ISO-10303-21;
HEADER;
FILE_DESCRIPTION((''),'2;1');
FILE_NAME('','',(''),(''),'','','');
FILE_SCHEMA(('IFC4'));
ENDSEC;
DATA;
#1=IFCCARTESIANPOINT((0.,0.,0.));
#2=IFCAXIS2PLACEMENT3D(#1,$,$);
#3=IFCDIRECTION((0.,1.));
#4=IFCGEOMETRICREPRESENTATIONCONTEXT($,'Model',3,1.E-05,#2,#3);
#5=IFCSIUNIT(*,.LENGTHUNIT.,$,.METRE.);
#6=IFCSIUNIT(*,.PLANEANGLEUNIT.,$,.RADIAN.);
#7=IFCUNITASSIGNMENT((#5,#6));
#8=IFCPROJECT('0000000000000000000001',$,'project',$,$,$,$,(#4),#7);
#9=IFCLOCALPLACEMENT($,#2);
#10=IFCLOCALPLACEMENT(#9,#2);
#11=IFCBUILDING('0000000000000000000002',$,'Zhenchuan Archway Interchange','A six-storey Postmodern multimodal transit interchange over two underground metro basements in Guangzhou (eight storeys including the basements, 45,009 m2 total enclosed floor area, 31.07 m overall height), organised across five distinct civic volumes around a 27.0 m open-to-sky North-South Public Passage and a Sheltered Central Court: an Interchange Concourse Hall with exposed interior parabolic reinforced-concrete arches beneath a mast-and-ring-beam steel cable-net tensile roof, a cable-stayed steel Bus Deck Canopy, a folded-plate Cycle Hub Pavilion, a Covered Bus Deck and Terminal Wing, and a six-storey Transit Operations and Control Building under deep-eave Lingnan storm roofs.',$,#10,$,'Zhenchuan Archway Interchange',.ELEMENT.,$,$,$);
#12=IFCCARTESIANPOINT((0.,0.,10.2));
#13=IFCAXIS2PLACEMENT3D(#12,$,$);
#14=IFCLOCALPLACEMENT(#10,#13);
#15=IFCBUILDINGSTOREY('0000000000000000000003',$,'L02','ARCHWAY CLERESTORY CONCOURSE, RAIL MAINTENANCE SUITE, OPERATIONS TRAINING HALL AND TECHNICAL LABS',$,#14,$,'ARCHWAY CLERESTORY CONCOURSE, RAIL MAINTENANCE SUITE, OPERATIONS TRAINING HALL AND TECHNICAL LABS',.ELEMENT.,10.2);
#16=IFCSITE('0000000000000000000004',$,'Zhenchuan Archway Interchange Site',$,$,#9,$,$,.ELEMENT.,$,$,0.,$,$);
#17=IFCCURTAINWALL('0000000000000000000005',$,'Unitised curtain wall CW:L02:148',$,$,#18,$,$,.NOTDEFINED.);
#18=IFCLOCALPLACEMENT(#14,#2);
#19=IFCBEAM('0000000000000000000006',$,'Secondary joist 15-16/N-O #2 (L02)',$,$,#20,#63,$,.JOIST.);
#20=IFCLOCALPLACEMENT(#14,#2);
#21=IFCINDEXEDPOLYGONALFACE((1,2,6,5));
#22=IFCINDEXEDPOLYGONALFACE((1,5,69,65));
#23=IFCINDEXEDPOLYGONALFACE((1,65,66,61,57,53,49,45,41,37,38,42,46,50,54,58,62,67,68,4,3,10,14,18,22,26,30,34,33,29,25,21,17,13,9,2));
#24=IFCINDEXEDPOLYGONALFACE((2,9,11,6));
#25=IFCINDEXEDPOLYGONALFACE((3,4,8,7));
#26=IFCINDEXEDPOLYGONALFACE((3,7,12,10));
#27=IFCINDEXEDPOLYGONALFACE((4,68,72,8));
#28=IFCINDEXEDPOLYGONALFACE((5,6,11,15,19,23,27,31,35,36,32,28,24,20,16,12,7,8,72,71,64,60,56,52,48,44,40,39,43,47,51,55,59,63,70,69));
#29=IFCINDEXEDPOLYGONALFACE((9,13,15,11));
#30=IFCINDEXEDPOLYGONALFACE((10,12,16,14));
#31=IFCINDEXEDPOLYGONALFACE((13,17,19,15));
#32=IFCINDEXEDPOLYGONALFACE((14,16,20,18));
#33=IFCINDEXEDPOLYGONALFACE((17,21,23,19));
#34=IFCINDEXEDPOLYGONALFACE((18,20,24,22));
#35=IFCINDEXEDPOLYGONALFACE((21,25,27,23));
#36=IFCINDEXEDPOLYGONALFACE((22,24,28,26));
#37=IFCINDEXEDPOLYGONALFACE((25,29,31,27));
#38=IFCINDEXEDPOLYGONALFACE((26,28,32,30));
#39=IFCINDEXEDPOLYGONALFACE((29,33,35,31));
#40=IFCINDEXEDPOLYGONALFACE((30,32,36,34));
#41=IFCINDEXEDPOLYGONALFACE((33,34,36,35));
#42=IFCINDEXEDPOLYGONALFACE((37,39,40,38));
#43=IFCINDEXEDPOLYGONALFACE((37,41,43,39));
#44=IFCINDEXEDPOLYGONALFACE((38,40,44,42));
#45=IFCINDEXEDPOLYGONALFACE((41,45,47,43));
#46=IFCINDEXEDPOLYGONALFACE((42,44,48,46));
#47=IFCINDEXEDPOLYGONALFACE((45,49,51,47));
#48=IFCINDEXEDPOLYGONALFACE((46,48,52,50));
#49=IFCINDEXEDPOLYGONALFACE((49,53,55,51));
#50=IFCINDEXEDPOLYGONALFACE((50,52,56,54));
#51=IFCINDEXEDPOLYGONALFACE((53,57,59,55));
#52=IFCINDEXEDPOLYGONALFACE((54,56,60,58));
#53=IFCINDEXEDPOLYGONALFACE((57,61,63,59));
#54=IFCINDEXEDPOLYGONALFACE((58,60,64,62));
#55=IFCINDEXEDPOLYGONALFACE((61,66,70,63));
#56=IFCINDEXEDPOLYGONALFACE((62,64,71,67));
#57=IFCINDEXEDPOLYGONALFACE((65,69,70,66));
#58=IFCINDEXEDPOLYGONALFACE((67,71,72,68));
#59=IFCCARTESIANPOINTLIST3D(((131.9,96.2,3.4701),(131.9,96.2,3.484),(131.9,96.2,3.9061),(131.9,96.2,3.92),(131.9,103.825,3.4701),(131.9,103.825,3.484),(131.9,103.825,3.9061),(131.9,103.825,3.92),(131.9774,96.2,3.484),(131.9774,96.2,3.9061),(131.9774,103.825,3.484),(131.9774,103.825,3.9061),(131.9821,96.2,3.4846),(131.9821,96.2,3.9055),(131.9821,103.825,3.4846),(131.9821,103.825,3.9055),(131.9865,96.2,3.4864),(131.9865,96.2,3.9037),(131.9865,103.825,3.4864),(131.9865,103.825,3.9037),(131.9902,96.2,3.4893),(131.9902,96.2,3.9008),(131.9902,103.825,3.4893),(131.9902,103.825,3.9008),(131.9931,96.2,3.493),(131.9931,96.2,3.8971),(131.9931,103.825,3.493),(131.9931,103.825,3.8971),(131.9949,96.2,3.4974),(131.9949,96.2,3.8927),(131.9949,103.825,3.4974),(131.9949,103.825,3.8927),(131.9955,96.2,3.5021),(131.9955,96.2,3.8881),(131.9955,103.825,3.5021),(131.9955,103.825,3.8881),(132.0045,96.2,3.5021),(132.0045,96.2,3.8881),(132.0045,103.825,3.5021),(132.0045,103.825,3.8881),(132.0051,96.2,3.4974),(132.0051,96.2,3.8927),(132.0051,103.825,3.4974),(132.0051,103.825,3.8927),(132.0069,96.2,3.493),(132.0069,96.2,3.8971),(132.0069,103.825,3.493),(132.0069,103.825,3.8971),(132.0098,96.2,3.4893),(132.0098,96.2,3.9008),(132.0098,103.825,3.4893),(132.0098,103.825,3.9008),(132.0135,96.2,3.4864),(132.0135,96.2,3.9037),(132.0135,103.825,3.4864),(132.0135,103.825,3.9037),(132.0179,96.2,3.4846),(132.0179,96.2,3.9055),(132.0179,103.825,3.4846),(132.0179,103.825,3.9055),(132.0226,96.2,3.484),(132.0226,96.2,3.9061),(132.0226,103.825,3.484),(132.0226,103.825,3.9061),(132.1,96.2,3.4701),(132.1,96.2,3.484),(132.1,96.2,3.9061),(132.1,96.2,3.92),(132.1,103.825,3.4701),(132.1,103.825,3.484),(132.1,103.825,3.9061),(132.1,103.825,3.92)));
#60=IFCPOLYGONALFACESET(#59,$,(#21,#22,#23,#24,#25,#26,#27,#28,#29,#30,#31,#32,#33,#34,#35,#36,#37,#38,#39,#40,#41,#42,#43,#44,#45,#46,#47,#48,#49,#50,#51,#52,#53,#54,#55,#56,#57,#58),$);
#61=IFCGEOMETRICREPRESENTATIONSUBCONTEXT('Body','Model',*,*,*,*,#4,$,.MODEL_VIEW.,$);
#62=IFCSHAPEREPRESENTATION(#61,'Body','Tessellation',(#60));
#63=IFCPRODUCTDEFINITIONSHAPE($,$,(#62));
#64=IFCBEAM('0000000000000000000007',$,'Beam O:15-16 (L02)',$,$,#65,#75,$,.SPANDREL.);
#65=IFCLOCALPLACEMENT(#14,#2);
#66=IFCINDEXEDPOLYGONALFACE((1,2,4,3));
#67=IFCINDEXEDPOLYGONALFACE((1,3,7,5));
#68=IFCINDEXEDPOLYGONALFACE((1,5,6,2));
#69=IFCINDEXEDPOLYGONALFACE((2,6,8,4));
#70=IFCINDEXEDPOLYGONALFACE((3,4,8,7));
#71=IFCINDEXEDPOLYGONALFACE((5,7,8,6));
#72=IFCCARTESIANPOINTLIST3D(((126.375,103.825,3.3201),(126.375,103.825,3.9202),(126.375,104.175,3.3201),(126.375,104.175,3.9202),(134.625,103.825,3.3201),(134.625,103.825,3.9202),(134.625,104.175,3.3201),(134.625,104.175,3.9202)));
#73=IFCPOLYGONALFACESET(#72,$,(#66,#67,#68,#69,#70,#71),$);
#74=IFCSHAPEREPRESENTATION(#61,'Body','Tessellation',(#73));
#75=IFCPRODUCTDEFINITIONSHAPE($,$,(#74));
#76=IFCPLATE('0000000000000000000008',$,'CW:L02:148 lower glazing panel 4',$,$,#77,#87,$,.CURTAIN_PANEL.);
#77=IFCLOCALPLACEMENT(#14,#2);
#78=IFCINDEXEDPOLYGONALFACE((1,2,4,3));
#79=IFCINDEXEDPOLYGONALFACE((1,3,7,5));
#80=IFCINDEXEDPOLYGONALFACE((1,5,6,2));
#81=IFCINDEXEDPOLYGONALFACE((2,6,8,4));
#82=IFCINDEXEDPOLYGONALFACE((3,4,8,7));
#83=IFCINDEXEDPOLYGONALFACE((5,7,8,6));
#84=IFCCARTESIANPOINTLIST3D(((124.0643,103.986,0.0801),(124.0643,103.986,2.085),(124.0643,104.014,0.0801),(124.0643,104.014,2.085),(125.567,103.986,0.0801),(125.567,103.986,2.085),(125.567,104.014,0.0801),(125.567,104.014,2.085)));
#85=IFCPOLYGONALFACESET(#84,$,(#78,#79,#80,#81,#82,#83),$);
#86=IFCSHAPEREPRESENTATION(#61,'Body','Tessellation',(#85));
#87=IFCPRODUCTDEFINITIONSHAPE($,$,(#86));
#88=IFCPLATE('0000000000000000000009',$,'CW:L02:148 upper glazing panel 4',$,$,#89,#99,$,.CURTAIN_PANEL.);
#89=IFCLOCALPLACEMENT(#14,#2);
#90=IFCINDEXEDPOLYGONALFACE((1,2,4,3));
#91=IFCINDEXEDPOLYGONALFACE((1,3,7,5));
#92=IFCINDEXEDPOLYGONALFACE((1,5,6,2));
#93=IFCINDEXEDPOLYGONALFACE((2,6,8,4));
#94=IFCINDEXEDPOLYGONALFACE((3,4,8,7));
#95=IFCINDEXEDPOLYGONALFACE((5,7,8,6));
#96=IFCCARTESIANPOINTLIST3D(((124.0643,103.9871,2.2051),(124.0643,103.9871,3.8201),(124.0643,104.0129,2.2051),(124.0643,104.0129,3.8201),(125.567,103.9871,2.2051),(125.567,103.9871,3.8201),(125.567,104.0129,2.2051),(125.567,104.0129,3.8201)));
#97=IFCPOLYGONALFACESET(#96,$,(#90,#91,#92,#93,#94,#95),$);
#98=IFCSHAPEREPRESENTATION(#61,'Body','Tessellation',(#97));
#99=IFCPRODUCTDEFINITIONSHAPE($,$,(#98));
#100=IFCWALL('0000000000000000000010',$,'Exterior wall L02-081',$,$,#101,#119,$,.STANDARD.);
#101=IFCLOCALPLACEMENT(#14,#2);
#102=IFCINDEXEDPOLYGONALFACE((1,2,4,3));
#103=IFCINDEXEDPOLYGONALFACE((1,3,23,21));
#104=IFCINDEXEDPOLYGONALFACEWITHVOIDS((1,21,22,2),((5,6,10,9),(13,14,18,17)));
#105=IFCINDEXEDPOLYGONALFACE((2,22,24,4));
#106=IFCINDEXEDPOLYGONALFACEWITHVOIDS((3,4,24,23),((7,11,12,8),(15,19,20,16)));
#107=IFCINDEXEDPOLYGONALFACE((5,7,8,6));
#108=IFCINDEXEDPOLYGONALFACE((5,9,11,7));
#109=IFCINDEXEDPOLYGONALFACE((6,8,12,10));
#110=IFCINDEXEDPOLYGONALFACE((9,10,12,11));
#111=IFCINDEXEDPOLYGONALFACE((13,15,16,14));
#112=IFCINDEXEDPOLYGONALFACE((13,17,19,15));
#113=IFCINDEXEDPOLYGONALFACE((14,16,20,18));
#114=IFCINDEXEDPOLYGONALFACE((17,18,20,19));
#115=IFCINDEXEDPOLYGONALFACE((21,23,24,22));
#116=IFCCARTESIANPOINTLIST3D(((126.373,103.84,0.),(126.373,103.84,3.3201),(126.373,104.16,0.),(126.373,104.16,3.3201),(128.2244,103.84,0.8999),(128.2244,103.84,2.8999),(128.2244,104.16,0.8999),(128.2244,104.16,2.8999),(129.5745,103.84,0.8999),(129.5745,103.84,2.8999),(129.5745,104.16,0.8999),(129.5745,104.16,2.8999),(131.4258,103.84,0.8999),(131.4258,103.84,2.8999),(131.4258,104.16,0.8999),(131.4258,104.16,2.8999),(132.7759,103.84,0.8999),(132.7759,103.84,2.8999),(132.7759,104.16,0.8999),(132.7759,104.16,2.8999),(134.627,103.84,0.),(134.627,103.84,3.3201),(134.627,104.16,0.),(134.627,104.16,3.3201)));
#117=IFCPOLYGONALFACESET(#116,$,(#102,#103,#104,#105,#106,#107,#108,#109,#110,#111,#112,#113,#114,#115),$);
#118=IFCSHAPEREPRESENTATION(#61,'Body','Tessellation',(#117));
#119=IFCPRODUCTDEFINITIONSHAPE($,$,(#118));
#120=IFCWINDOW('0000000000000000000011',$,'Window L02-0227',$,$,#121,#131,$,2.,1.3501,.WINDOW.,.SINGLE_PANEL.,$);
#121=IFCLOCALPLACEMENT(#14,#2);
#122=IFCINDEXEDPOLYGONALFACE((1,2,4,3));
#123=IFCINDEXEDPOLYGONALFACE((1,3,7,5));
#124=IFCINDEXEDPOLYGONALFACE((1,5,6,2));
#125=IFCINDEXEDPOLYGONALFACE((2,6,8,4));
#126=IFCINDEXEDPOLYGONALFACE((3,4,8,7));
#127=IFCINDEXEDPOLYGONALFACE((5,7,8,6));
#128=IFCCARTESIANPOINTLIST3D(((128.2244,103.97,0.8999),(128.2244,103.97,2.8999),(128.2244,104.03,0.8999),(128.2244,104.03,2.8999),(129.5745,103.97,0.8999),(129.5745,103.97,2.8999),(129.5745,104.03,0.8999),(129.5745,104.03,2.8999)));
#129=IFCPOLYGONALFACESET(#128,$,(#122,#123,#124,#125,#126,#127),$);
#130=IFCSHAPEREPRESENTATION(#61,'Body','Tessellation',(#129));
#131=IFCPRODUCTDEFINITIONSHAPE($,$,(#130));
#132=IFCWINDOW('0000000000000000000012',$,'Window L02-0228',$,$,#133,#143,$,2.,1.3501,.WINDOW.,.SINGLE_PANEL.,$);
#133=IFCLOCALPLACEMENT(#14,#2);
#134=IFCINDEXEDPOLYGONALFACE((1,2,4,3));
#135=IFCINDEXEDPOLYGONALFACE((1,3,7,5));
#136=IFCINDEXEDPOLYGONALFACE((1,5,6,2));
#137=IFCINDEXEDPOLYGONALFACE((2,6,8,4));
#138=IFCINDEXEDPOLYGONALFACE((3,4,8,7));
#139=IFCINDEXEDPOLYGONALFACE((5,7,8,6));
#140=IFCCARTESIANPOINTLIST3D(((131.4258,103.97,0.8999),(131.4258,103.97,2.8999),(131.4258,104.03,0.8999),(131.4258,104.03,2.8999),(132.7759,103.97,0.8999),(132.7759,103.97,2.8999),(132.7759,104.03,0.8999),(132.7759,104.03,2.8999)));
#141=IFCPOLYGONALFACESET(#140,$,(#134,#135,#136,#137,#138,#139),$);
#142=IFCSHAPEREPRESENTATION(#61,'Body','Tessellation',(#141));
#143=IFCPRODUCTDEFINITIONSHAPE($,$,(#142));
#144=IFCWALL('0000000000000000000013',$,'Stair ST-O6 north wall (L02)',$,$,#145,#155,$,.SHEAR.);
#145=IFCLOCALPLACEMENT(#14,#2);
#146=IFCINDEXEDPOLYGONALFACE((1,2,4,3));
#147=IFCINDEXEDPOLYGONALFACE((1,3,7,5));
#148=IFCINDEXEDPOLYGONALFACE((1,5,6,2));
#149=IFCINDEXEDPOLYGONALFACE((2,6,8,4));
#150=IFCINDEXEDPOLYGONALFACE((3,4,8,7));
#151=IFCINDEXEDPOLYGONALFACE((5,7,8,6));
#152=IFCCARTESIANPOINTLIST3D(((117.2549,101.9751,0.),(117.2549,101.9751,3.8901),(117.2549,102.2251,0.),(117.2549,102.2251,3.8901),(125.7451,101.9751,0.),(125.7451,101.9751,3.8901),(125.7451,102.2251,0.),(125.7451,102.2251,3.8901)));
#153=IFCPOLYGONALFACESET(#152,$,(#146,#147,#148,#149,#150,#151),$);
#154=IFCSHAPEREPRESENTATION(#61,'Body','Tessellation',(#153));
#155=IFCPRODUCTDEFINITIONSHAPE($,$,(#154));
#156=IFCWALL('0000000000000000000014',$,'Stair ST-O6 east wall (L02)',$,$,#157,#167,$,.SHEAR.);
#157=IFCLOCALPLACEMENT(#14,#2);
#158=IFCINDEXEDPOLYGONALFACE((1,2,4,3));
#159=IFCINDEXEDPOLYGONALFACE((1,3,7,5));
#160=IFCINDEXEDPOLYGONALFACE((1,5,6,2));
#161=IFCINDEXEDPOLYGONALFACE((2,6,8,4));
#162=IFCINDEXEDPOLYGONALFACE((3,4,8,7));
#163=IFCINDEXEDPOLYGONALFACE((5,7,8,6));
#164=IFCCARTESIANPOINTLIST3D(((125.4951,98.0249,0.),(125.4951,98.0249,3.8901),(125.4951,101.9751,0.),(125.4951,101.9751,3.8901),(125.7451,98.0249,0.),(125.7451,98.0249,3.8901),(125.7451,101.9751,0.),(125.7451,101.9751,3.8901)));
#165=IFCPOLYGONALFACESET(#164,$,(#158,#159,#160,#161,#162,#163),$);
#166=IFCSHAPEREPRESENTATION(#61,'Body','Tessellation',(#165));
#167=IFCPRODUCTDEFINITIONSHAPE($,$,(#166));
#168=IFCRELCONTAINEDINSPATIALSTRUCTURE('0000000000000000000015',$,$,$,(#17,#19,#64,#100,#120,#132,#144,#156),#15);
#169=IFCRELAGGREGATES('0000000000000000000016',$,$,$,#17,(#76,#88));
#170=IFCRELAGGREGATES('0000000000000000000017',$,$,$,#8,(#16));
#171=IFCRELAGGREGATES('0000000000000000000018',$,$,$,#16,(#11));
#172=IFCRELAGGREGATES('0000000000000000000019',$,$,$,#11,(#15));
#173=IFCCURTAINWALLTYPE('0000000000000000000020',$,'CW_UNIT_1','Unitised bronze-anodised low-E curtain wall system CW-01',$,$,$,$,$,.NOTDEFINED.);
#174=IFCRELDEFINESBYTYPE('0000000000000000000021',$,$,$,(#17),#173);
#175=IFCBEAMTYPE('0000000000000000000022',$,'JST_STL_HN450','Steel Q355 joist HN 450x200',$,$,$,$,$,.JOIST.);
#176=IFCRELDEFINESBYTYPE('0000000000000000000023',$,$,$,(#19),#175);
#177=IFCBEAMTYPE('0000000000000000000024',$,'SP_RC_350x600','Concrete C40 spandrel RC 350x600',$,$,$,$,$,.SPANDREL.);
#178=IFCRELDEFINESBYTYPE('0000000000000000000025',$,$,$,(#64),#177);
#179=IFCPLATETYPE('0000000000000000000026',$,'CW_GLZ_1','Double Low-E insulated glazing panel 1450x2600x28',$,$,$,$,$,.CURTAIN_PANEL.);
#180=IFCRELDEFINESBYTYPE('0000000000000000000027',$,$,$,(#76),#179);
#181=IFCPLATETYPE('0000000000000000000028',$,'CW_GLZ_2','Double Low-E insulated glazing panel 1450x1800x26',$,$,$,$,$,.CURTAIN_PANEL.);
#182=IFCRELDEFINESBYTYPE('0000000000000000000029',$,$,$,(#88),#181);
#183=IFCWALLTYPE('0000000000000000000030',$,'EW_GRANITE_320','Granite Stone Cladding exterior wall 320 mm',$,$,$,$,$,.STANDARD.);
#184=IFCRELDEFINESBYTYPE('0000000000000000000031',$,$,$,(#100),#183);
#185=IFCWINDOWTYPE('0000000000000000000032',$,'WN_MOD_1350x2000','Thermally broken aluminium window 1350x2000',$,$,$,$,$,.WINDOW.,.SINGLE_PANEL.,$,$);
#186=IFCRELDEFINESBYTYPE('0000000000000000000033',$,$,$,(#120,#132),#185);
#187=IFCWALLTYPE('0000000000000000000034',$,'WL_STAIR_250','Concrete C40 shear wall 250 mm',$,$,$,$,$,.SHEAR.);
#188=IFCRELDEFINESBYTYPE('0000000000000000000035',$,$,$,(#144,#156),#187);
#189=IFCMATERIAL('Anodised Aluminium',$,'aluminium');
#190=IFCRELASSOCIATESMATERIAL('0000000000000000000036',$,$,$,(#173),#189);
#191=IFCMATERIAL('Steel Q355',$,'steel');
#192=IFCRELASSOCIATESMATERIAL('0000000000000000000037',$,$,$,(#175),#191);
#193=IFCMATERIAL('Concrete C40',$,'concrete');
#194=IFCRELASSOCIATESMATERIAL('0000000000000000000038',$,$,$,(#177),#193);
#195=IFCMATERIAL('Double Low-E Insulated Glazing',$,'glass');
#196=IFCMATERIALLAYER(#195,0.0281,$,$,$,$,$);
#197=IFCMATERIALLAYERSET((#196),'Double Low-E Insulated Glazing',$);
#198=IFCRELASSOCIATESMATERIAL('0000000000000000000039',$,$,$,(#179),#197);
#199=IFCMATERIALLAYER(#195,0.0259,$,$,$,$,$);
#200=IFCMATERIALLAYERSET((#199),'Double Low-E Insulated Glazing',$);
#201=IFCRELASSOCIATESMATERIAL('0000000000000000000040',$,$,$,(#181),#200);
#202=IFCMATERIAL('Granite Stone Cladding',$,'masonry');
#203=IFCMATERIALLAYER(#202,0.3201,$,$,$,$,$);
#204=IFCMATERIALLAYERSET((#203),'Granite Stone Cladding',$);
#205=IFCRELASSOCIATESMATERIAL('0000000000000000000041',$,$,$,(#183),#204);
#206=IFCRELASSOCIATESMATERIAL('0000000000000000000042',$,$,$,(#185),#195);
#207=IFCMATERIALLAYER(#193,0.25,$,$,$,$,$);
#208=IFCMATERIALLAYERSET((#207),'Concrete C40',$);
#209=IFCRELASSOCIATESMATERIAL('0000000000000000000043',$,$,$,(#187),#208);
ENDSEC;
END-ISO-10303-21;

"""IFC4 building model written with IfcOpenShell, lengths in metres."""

from ifc_helpers import new_model, si_unit, direction, frame, frame_2d, origin, origin_2d, place, context, subcontext, project, spatial, rectangle, i_section, extrude, material, layer, layer_set, material_profile, profile_set, type_object, element, fill, aggregate, save


model = new_model("IFC4")

# Units and contexts
model_context = context("Model", 3, precision=1e-05, world=origin(), true_north=direction((0.0, 1.0)))
body_context = subcontext(model_context, "Body", "Model", "MODEL_VIEW")
ifc_project = project(units=[si_unit("LENGTHUNIT", "METRE"), si_unit("PLANEANGLEUNIT", "RADIAN")], contexts=[model_context])

# Site, building, storey
site_placement = place(None, origin())
site = spatial("IfcSite", under=ifc_project, at=site_placement, Name="Zhenchuan Archway Interchange Site", CompositionType="ELEMENT", RefElevation=0.0)
building_placement = place(site_placement, origin())
building = spatial("IfcBuilding", under=site, at=building_placement, Name="Zhenchuan Archway Interchange", Description="A six-storey Postmodern multimodal transit interchange over two underground metro basements in Guangzhou (eight storeys including the basements, 45,009 m2 total enclosed floor area, 31.07 m overall height), organised across five distinct civic volumes around a 27.0 m open-to-sky North-South Public Passage and a Sheltered Central Court: an Interchange Concourse Hall with exposed interior parabolic reinforced-concrete arches beneath a mast-and-ring-beam steel cable-net tensile roof, a cable-stayed steel Bus Deck Canopy, a folded-plate Cycle Hub Pavilion, a Covered Bus Deck and Terminal Wing, and a six-storey Transit Operations and Control Building under deep-eave Lingnan storm roofs.", LongName="Zhenchuan Archway Interchange", CompositionType="ELEMENT")
storey_placement = place(building_placement, frame((0.0, 0.0, 10.2)))
storey = spatial("IfcBuildingStorey", under=building, at=storey_placement, Name="L02", Description="ARCHWAY CLERESTORY CONCOURSE, RAIL MAINTENANCE SUITE, OPERATIONS TRAINING HALL AND TECHNICAL LABS", LongName="ARCHWAY CLERESTORY CONCOURSE, RAIL MAINTENANCE SUITE, OPERATIONS TRAINING HALL AND TECHNICAL LABS", CompositionType="ELEMENT", Elevation=10.2)

# Shared definitions
ifc_material_1 = material(Name="Concrete C40", Category="concrete")

# Curtain wall
ifc_material_2 = material(Name="Anodised Aluminium", Category="aluminium")
curtain_wall_type = type_object("IfcCurtainWallType", Name="CW_UNIT_1", Description="Unitised bronze-anodised low-E curtain wall system CW-01", PredefinedType="NOTDEFINED", material=ifc_material_2)
curtain_wall_placement = place(storey_placement, origin())
curtain_wall = element("IfcCurtainWall", 1, at=curtain_wall_placement, inside=storey, type_object=curtain_wall_type, Name="Unitised curtain wall CW:L02:148", PredefinedType="NOTDEFINED")

# Beams
ifc_material_3 = material(Name="Steel Q355", Category="steel")
ifc_material_profile_1 = material_profile(ifc_material_3, i_section(OverallWidth=0.2, OverallDepth=0.45, WebThickness=0.009, FlangeThickness=0.0139, FilletRadius=0.0181, at=origin_2d()), Name="HN 450x200")
ifc_profile_set_1 = profile_set([ifc_material_profile_1], Name="Steel Q355")
beam_type_1 = type_object("IfcBeamType", Name="JST_STL_HN450", Description="Steel Q355 joist HN 450x200", PredefinedType="JOIST", material=ifc_profile_set_1)
for number, where, z_axis, x_axis, name in (
    (2, (132.0, 96.2, 3.6951), (0.0, 1.0, 0.0), (-1.0, 0.0, 0.0), "Secondary joist 15-16/N-O #2 (L02)"),
):
    element("IfcBeam", number, at=place(storey_placement, frame(where, z_axis=z_axis, x_axis=x_axis)), inside=storey, type_object=beam_type_1, Name=name, PredefinedType="JOIST", context=body_context, shape_type="SweptSolid", body=[
        extrude(i_section(OverallWidth=0.2, OverallDepth=0.45, WebThickness=0.009, FlangeThickness=0.0139, FilletRadius=0.0181, at=origin_2d()), origin(), (0.0, 0.0, 1.0), 7.625),
    ])
ifc_material_profile_2 = material_profile(ifc_material_1, rectangle(XDim=0.3501, YDim=0.6001, at=origin_2d()), Name="RC 350x600")
ifc_profile_set_2 = profile_set([ifc_material_profile_2], Name="Concrete C40")
beam_type_2 = type_object("IfcBeamType", Name="SP_RC_350x600", Description="Concrete C40 spandrel RC 350x600", PredefinedType="SPANDREL", material=ifc_profile_set_2)
beam_1_placement = place(storey_placement, frame((126.375, 104.0, 3.6201), z_axis=(1.0, 0.0, 0.0), x_axis=(0.0, 1.0, 0.0)))
element("IfcBeam", 3, at=beam_1_placement, inside=storey, type_object=beam_type_2, Name="Beam O:15-16 (L02)", PredefinedType="SPANDREL", context=body_context, shape_type="SweptSolid", body=[
    extrude(rectangle(XDim=0.3501, YDim=0.6001, at=origin_2d()), origin(), (0.0, 0.0, 1.0), 8.25),
])

# Plates
ifc_material_4 = material(Name="Double Low-E Insulated Glazing", Category="glass")
ifc_layer_1 = layer(ifc_material_4, 0.0281)
ifc_layer_set_1 = layer_set([ifc_layer_1], Name="Double Low-E Insulated Glazing")
plate_type_1 = type_object("IfcPlateType", Name="CW_GLZ_1", Description="Double Low-E insulated glazing panel 1450x2600x28", PredefinedType="CURTAIN_PANEL", material=ifc_layer_set_1)
plate_1_placement = place(storey_placement, frame((124.8157, 104.0, 0.0801), z_axis=(0.0, 0.0, 1.0), x_axis=(1.0, 0.0, 0.0)))
plate_1 = element("IfcPlate", 4, at=plate_1_placement, type_object=plate_type_1, Name="CW:L02:148 lower glazing panel 4", PredefinedType="CURTAIN_PANEL", context=body_context, shape_type="SweptSolid", body=[
    extrude(rectangle(XDim=1.5027, YDim=0.0281, at=origin_2d()), origin(), (0.0, 0.0, 1.0), 2.0049),
])
ifc_layer_2 = layer(ifc_material_4, 0.0259)
ifc_layer_set_2 = layer_set([ifc_layer_2], Name="Double Low-E Insulated Glazing")
plate_type_2 = type_object("IfcPlateType", Name="CW_GLZ_2", Description="Double Low-E insulated glazing panel 1450x1800x26", PredefinedType="CURTAIN_PANEL", material=ifc_layer_set_2)
plate_2_placement = place(storey_placement, frame((124.8157, 104.0, 2.2051), z_axis=(0.0, 0.0, 1.0), x_axis=(1.0, 0.0, 0.0)))
plate_2 = element("IfcPlate", 5, at=plate_2_placement, type_object=plate_type_2, Name="CW:L02:148 upper glazing panel 4", PredefinedType="CURTAIN_PANEL", context=body_context, shape_type="SweptSolid", body=[
    extrude(rectangle(XDim=1.5027, YDim=0.0259, at=origin_2d()), origin(), (0.0, 0.0, 1.0), 1.615),
])
aggregate(curtain_wall, [plate_1, plate_2])

# Wall, openings, windows
ifc_material_5 = material(Name="Granite Stone Cladding", Category="masonry")
ifc_layer_3 = layer(ifc_material_5, 0.3201)
ifc_layer_set_3 = layer_set([ifc_layer_3], Name="Granite Stone Cladding")
wall_type_1 = type_object("IfcWallType", Name="EW_GRANITE_320", Description="Granite Stone Cladding exterior wall 320 mm", PredefinedType="STANDARD", material=ifc_layer_set_3)
wall_1_placement = place(storey_placement, frame((126.373, 104.0, 0.0), z_axis=(0.0, 0.0, 1.0), x_axis=(1.0, 0.0, 0.0)))
wall_1 = element("IfcWall", 6, at=wall_1_placement, inside=storey, type_object=wall_type_1, Name="Exterior wall L02-081", PredefinedType="STANDARD", context=body_context, shape_type="SweptSolid", body=[
    extrude(rectangle(XDim=8.2539, YDim=0.3201, at=frame_2d((4.127, 0.0))), origin(), (0.0, 0.0, 1.0), 3.3201),
])
opening_1_placement = place(wall_1_placement, frame((1.8513, 0.0, 0.8999)))
opening_1 = element("IfcOpeningElement", 7, at=opening_1_placement, cuts=wall_1, PredefinedType="OPENING", context=body_context, shape_type="SweptSolid", body=[
    extrude(rectangle(XDim=1.3501, YDim=2.0, at=frame_2d((0.675, 1.0))), frame((0.0, 0.1719, 0.0), z_axis=(0.0, -1.0, 0.0), x_axis=(1.0, 0.0, 0.0)), (0.0, 0.0, 1.0), 0.344),
])
opening_2_placement = place(wall_1_placement, frame((5.0527, 0.0, 0.8999)))
opening_2 = element("IfcOpeningElement", 8, at=opening_2_placement, cuts=wall_1, PredefinedType="OPENING", context=body_context, shape_type="SweptSolid", body=[
    extrude(rectangle(XDim=1.3501, YDim=2.0, at=frame_2d((0.675, 1.0))), frame((0.0, 0.1719, 0.0), z_axis=(0.0, -1.0, 0.0), x_axis=(1.0, 0.0, 0.0)), (0.0, 0.0, 1.0), 0.344),
])
window_type = type_object("IfcWindowType", Name="WN_MOD_1350x2000", Description="Thermally broken aluminium window 1350x2000", PartitioningType="SINGLE_PANEL", PredefinedType="WINDOW", material=ifc_material_4)
window_1_placement = place(opening_1_placement, origin())
window_1 = element("IfcWindow", 9, at=window_1_placement, inside=storey, type_object=window_type, Name="Window L02-0227", OverallHeight=2.0, OverallWidth=1.3501, PartitioningType="SINGLE_PANEL", PredefinedType="WINDOW", context=body_context, shape_type="SweptSolid", body=[
    extrude(rectangle(XDim=1.3501, YDim=2.0, at=frame_2d((0.675, 1.0))), frame((0.0, 0.03, 0.0), z_axis=(0.0, -1.0, 0.0), x_axis=(1.0, 0.0, 0.0)), (0.0, 0.0, 1.0), 0.0601),
])
fill(opening_1, window_1)
window_2_placement = place(opening_2_placement, origin())
window_2 = element("IfcWindow", 10, at=window_2_placement, inside=storey, type_object=window_type, Name="Window L02-0228", OverallHeight=2.0, OverallWidth=1.3501, PartitioningType="SINGLE_PANEL", PredefinedType="WINDOW", context=body_context, shape_type="SweptSolid", body=[
    extrude(rectangle(XDim=1.3501, YDim=2.0, at=frame_2d((0.675, 1.0))), frame((0.0, 0.03, 0.0), z_axis=(0.0, -1.0, 0.0), x_axis=(1.0, 0.0, 0.0)), (0.0, 0.0, 1.0), 0.0601),
])
fill(opening_2, window_2)

# Walls
ifc_layer_4 = layer(ifc_material_1, 0.25)
ifc_layer_set_4 = layer_set([ifc_layer_4], Name="Concrete C40")
wall_type_2 = type_object("IfcWallType", Name="WL_STAIR_250", Description="Concrete C40 shear wall 250 mm", PredefinedType="SHEAR", material=ifc_layer_set_4)
wall_2_placement = place(storey_placement, frame((125.7451, 102.1001, 0.0), z_axis=(0.0, 0.0, 1.0), x_axis=(-1.0, 0.0, 0.0)))
element("IfcWall", 11, at=wall_2_placement, inside=storey, type_object=wall_type_2, Name="Stair ST-O6 north wall (L02)", PredefinedType="SHEAR", context=body_context, shape_type="SweptSolid", body=[
    extrude(rectangle(XDim=8.4902, YDim=0.25, at=frame_2d((4.2451, 0.0))), origin(), (0.0, 0.0, 1.0), 3.8901),
])
wall_3_placement = place(storey_placement, frame((125.6201, 98.0249, 0.0), z_axis=(0.0, 0.0, 1.0), x_axis=(0.0, 1.0, 0.0)))
element("IfcWall", 12, at=wall_3_placement, inside=storey, type_object=wall_type_2, Name="Stair ST-O6 east wall (L02)", PredefinedType="SHEAR", context=body_context, shape_type="SweptSolid", body=[
    extrude(rectangle(XDim=3.9502, YDim=0.25, at=frame_2d((1.9751, 0.0))), origin(), (0.0, 0.0, 1.0), 3.8901),
])

save(model, "model.ifc")
